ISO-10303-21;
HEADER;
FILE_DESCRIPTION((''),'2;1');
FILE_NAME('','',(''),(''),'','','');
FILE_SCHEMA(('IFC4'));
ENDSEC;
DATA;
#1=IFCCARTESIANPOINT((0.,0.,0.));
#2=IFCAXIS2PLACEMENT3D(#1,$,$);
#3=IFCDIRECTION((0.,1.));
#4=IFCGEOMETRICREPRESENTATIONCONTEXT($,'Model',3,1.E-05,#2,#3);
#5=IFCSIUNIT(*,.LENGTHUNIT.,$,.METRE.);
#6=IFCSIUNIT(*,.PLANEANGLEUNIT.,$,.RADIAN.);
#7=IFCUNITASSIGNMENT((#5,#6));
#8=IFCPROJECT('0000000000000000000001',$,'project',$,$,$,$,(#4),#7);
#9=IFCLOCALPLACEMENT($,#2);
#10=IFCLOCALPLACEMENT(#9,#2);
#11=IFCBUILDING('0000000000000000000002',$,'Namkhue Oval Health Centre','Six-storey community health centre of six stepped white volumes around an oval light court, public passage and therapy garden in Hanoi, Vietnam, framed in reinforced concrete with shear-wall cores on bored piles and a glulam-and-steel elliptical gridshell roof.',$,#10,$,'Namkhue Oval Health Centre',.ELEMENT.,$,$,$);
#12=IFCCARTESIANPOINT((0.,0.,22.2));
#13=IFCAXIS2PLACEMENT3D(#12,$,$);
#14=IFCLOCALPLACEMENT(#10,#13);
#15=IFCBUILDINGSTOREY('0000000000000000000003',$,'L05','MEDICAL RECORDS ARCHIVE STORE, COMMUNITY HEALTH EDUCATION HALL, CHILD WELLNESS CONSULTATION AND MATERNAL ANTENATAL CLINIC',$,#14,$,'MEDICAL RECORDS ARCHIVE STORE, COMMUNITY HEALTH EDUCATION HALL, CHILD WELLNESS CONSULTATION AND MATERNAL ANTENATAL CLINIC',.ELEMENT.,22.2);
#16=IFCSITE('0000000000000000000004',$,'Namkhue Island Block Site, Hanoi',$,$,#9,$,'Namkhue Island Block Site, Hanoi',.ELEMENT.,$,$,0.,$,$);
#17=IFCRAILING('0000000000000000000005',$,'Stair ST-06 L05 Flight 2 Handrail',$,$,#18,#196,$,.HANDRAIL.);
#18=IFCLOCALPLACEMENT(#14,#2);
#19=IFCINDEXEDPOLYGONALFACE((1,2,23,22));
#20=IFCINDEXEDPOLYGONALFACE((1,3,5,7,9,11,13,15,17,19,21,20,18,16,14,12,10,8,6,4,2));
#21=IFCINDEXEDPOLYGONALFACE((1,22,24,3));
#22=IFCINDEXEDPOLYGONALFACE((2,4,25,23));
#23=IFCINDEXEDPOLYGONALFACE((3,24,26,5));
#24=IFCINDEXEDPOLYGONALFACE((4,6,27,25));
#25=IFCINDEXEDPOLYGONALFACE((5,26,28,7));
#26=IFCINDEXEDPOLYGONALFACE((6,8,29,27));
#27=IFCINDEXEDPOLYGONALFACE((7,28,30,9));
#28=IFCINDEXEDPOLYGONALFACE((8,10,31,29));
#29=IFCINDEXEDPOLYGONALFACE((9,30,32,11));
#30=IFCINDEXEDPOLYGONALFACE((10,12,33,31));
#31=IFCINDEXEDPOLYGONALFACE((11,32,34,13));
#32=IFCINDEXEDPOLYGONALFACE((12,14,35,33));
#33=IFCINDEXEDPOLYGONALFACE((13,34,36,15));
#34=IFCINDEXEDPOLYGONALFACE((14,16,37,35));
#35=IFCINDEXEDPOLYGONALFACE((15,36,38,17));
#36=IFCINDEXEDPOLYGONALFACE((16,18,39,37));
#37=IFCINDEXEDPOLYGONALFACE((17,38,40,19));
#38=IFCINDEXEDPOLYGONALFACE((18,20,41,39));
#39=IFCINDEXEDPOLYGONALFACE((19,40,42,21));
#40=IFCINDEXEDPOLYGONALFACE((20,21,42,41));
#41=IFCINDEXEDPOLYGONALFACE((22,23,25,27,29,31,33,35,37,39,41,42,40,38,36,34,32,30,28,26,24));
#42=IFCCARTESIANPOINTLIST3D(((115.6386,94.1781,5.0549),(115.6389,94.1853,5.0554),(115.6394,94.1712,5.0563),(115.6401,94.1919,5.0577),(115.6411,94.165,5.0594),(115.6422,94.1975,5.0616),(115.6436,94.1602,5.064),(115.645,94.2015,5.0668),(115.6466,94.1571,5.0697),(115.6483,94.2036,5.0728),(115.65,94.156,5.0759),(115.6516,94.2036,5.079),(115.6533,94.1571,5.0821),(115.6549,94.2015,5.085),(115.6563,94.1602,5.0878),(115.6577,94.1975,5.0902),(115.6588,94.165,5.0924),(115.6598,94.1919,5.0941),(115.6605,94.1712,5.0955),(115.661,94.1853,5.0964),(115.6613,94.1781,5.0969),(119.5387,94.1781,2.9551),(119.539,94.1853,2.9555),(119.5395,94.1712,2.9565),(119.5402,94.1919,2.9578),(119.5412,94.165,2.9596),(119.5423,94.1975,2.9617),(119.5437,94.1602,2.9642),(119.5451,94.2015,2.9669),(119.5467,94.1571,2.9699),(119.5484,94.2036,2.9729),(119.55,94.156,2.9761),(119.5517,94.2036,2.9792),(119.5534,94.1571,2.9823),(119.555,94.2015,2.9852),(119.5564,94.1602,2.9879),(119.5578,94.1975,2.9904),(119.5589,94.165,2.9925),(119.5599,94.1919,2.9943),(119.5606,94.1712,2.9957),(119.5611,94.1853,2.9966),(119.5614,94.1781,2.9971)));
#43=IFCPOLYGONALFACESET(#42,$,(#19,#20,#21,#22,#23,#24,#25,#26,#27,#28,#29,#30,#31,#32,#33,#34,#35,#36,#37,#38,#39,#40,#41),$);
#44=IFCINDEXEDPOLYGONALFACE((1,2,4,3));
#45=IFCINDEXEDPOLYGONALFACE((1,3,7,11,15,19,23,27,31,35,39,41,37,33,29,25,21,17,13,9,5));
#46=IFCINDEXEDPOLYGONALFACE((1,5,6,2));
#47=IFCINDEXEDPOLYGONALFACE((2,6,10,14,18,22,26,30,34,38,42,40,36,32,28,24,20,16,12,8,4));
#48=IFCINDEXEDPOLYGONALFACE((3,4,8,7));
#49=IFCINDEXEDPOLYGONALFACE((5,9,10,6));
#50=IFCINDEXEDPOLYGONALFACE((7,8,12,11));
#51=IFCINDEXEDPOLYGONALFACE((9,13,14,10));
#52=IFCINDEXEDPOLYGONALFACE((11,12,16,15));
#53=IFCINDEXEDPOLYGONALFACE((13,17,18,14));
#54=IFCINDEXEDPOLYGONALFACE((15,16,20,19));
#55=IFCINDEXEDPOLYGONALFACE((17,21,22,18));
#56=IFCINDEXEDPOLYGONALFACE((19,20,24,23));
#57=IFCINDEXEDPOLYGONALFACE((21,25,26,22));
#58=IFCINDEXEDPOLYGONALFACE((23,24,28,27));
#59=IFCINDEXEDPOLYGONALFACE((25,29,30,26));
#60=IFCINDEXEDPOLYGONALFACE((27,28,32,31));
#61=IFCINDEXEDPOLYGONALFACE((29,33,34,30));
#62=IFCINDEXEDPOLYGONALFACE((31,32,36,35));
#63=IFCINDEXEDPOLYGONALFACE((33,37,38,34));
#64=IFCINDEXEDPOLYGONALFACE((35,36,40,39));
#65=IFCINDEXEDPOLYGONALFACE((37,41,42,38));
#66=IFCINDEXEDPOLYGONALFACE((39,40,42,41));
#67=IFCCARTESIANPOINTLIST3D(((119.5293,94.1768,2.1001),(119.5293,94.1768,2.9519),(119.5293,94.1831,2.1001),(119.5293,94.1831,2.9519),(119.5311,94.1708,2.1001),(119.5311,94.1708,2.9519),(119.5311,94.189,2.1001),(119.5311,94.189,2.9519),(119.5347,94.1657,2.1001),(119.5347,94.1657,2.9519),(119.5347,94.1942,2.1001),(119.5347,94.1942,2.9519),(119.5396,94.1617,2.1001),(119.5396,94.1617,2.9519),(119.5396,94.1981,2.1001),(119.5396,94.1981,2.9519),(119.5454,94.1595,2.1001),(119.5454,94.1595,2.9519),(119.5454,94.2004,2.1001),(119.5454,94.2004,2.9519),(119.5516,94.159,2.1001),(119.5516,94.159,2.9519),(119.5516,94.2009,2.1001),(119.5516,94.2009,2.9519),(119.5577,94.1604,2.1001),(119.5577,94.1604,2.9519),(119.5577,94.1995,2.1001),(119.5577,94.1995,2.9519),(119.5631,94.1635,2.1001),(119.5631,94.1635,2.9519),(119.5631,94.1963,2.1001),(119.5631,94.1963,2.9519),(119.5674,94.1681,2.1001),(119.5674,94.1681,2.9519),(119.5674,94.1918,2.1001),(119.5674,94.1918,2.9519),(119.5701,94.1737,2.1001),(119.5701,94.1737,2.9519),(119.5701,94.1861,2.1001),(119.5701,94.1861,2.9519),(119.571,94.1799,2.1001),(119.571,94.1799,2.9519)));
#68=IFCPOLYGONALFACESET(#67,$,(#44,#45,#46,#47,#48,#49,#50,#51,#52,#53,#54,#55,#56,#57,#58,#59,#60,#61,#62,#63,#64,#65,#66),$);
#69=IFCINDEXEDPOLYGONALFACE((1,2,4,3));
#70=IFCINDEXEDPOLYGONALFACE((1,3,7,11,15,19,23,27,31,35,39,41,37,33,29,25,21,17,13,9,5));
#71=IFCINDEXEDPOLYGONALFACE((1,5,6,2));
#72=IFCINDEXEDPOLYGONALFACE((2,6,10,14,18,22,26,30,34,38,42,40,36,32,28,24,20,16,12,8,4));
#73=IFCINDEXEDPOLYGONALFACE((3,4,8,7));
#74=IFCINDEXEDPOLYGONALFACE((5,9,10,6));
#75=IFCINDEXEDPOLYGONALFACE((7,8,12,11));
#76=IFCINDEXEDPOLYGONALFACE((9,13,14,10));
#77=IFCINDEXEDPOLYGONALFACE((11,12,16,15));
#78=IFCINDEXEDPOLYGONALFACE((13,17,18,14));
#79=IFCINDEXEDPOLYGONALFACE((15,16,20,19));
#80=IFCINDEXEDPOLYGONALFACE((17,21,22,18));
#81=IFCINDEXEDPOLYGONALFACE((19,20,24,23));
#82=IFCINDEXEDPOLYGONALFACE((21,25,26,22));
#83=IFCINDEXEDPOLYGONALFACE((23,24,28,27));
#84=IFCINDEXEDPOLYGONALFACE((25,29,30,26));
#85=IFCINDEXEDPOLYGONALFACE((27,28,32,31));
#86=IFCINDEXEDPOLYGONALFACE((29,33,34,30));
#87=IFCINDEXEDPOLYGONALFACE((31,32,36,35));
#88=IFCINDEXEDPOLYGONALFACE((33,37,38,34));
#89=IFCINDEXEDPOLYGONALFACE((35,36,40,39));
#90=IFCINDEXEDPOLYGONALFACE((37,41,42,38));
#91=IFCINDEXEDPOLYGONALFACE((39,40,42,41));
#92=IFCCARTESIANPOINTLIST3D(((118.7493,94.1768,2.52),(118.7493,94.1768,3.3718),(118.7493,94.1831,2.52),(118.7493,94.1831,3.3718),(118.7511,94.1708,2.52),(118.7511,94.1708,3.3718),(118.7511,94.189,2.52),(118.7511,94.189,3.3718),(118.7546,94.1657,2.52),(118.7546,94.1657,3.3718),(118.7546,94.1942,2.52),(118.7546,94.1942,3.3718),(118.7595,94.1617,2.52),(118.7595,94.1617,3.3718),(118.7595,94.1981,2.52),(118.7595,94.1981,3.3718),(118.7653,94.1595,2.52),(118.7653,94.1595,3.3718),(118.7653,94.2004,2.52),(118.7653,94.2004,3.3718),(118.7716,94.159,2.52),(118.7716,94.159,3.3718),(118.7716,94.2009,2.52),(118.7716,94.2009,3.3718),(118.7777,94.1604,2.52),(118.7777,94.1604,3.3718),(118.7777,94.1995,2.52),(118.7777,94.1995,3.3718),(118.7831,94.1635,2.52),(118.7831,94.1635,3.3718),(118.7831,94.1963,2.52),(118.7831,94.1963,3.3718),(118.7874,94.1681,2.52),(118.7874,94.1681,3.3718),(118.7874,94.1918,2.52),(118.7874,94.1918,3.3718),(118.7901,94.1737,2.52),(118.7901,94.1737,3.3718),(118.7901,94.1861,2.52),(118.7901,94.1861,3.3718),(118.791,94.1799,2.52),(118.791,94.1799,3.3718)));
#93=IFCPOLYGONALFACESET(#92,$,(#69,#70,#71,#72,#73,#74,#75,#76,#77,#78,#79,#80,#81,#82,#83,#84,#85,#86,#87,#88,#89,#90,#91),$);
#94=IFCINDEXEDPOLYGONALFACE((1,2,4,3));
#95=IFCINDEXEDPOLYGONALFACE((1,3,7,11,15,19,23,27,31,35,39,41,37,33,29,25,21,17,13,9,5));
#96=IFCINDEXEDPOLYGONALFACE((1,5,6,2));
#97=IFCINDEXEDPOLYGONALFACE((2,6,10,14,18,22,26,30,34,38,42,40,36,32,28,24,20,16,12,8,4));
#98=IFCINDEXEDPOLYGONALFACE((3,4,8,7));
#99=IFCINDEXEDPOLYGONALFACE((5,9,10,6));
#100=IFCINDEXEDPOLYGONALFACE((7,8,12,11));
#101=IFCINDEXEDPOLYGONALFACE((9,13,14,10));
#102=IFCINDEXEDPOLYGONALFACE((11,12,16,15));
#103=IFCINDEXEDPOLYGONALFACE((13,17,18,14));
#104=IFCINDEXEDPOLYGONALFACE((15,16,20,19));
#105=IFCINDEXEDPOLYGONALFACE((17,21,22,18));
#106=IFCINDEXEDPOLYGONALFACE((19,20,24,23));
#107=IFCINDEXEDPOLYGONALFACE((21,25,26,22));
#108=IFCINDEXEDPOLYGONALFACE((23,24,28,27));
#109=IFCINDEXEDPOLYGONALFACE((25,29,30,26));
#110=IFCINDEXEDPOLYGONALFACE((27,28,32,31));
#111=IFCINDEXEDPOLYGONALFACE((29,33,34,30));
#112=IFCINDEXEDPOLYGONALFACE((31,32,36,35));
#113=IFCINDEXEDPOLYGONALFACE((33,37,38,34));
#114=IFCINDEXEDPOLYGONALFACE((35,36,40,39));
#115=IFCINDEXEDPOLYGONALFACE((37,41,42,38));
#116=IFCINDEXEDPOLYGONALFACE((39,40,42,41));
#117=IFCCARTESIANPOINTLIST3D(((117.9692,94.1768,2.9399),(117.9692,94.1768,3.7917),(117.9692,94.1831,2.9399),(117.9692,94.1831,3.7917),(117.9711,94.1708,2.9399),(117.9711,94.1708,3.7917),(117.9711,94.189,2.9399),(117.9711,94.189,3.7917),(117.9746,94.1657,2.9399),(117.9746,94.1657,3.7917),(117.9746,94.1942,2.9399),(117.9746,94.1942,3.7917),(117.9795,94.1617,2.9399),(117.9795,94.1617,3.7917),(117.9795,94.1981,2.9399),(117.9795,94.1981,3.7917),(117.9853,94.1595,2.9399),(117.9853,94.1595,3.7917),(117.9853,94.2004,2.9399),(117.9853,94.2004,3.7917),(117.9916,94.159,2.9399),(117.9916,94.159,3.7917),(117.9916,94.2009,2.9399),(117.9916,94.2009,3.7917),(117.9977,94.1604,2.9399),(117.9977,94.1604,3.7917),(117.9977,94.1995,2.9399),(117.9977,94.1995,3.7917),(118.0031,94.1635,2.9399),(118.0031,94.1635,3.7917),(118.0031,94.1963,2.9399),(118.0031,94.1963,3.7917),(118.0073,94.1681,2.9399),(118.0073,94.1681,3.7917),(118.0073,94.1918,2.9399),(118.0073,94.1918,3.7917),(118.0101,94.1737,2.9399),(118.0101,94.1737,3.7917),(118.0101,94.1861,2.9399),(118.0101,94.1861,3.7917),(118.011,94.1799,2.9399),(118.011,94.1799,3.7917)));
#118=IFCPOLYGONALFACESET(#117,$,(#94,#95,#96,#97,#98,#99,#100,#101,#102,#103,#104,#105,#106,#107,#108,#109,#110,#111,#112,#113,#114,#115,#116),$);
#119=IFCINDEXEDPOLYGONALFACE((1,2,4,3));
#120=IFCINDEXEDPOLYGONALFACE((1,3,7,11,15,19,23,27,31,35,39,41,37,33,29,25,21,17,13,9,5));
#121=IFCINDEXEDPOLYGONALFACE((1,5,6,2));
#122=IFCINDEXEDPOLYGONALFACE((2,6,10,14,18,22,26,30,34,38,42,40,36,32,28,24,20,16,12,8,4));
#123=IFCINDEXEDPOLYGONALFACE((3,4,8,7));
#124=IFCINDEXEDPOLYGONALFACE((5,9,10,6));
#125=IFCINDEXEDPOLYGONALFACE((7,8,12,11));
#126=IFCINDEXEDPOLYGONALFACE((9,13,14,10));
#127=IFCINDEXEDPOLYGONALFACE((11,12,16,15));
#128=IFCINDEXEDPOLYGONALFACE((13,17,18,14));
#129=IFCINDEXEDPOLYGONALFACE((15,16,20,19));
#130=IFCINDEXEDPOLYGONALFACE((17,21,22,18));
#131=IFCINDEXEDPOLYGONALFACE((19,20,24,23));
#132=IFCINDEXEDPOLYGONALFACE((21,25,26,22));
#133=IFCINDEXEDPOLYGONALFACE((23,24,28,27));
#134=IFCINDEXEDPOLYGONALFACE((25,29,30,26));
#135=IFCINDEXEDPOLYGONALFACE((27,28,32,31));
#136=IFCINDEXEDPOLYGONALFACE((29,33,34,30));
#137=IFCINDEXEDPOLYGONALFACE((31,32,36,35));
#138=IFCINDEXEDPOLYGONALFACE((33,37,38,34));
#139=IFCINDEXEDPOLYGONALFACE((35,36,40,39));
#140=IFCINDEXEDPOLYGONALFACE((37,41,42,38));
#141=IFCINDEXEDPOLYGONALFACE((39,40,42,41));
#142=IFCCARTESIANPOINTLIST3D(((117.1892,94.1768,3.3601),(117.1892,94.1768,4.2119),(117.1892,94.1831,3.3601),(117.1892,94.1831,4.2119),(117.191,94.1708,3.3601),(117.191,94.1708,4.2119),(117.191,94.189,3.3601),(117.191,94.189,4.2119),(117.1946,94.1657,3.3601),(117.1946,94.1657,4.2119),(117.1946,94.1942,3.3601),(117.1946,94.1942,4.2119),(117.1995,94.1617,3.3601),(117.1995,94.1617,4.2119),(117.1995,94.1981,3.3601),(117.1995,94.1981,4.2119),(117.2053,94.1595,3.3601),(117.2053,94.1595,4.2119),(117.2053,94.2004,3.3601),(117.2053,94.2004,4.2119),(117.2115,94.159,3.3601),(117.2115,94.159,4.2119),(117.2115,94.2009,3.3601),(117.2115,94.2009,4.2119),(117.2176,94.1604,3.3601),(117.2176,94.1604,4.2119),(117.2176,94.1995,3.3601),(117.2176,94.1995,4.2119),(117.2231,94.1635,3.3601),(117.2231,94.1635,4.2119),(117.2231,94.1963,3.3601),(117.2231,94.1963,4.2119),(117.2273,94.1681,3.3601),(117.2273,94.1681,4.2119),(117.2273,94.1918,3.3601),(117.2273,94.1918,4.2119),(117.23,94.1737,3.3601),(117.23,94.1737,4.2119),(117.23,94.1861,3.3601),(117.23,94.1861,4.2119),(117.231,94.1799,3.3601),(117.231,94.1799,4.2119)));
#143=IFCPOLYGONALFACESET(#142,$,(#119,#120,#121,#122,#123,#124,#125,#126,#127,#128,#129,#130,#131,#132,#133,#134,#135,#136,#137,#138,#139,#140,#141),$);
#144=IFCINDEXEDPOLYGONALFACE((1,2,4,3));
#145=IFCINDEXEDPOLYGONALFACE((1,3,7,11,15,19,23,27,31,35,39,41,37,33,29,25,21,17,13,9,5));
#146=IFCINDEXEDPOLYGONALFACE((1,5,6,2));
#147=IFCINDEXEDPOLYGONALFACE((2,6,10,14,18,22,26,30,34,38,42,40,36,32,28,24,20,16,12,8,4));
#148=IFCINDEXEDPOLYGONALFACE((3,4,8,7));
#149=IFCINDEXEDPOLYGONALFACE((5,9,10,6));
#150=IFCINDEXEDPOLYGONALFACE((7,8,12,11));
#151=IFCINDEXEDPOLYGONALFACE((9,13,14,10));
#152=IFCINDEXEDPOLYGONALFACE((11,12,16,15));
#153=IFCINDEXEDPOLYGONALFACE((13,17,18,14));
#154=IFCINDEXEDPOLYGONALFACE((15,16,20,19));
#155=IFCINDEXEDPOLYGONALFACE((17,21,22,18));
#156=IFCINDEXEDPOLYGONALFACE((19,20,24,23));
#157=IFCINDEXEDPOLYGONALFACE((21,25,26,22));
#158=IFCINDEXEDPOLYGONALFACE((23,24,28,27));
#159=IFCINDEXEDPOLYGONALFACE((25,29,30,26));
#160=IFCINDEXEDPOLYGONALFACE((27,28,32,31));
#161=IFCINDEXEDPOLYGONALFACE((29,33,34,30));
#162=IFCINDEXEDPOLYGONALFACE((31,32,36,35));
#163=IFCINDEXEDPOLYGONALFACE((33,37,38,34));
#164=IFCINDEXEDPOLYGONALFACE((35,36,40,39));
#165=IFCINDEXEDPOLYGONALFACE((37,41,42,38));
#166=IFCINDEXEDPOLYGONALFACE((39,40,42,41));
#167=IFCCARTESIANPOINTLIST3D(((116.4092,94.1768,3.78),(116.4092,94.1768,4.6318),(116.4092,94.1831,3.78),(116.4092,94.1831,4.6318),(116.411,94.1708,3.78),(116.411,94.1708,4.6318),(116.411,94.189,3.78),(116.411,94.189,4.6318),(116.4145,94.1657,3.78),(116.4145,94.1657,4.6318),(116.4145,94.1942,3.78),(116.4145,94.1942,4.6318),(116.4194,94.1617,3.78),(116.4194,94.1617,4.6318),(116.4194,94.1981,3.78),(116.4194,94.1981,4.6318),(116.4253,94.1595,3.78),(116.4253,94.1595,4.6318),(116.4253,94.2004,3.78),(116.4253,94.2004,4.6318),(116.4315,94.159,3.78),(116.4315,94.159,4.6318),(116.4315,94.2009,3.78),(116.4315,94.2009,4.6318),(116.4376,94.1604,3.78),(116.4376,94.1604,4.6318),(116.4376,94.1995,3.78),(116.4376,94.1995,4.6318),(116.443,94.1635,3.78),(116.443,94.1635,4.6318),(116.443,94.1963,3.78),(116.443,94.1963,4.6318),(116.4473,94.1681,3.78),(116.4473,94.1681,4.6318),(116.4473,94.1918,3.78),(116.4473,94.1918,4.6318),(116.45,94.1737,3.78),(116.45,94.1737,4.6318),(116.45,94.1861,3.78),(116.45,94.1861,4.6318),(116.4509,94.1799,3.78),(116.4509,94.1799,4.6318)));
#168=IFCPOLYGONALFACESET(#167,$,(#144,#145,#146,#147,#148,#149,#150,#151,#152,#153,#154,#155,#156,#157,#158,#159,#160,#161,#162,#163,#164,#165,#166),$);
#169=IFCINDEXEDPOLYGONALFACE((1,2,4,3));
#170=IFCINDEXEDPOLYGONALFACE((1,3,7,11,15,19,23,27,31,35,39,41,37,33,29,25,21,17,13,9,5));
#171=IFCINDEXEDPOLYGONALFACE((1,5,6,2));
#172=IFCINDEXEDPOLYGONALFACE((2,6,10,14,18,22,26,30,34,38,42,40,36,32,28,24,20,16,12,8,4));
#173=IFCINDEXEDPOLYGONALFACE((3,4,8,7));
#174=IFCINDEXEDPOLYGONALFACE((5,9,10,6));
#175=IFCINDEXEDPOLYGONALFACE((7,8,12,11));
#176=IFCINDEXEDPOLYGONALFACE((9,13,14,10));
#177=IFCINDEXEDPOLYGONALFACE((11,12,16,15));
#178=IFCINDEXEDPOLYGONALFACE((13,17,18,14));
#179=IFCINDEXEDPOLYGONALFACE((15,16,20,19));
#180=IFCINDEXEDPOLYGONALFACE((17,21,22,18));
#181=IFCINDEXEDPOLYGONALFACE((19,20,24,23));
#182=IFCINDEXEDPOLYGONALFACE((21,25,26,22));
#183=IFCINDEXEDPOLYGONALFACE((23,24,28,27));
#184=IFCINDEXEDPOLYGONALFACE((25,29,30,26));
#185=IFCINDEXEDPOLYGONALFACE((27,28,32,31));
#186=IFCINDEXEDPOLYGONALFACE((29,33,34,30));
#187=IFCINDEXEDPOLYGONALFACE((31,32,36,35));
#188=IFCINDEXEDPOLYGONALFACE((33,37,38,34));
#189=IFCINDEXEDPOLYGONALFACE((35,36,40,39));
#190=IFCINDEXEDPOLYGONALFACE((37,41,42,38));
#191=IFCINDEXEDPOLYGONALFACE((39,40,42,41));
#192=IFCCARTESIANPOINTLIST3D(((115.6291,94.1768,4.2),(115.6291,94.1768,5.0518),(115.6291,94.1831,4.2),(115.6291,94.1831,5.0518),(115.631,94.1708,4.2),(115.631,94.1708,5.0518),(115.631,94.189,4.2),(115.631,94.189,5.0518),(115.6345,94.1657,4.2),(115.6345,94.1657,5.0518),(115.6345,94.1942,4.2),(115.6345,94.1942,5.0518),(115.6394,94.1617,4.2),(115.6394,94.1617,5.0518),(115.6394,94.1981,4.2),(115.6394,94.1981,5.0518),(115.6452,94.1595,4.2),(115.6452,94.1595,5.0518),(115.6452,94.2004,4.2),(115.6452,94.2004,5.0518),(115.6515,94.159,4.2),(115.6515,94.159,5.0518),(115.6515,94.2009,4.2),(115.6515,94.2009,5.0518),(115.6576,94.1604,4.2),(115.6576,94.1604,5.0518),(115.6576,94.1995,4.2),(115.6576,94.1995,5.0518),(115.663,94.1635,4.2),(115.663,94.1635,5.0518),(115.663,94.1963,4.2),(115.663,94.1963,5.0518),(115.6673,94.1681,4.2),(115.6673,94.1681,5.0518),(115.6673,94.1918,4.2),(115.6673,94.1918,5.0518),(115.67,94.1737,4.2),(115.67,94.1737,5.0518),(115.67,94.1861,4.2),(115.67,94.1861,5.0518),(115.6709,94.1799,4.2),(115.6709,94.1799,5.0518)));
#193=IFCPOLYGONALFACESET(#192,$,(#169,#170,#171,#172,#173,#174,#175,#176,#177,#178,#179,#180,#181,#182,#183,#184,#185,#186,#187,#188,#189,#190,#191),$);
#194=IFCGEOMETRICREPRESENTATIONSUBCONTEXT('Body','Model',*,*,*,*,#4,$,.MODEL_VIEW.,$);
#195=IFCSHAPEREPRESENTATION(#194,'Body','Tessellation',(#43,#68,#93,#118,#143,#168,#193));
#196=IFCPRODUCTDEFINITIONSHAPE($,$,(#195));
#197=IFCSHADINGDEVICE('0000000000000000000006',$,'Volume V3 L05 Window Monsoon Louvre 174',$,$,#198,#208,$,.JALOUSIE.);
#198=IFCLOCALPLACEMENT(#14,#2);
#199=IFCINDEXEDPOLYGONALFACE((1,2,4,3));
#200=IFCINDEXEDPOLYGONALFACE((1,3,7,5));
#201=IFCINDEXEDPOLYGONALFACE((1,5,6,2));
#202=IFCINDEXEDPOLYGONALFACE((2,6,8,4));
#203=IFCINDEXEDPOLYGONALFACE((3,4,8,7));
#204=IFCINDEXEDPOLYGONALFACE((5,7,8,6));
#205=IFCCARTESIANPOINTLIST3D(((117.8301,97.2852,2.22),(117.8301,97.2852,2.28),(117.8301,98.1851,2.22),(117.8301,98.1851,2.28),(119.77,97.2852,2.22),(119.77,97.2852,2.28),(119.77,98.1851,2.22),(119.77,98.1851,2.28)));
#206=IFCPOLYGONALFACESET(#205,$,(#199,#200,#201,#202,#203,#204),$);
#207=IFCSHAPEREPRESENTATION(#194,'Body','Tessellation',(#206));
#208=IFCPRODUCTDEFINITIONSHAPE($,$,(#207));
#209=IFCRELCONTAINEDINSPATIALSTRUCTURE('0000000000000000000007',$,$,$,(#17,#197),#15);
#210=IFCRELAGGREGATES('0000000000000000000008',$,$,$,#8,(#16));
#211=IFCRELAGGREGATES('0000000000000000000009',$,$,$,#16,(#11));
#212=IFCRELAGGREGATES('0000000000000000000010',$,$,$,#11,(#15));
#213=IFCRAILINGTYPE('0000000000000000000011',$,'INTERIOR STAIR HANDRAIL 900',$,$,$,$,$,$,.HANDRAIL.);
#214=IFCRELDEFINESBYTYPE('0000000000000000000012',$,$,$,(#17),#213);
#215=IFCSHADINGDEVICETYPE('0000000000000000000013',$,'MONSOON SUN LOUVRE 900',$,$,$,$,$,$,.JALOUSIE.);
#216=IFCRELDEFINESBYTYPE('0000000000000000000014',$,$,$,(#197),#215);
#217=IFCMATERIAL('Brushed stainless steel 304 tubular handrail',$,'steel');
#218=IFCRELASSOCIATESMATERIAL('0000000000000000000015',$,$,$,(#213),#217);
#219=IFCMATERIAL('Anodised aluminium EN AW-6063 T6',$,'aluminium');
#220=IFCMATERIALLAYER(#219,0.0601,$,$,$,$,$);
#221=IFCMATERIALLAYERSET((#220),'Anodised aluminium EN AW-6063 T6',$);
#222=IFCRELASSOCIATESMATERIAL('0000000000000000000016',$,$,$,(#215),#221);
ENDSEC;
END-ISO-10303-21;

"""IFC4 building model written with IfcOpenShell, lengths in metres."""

from ifc_helpers import new_model, si_unit, direction, frame, origin, origin_2d, place, context, subcontext, project, spatial, rectangle, circle, extrude, material, layer, layer_set, type_object, element, save


model = new_model("IFC4")

# Units and contexts
model_context = context("Model", 3, precision=1e-05, world=origin(), true_north=direction((0.0, 1.0)))
body_context = subcontext(model_context, "Body", "Model", "MODEL_VIEW")
ifc_project = project(units=[si_unit("LENGTHUNIT", "METRE"), si_unit("PLANEANGLEUNIT", "RADIAN")], contexts=[model_context])

# Site, building, storey
site_placement = place(None, origin())
site = spatial("IfcSite", under=ifc_project, at=site_placement, Name="Namkhue Island Block Site, Hanoi", LongName="Namkhue Island Block Site, Hanoi", CompositionType="ELEMENT", RefElevation=0.0)
building_placement = place(site_placement, origin())
building = spatial("IfcBuilding", under=site, at=building_placement, Name="Namkhue Oval Health Centre", Description="Six-storey community health centre of six stepped white volumes around an oval light court, public passage and therapy garden in Hanoi, Vietnam, framed in reinforced concrete with shear-wall cores on bored piles and a glulam-and-steel elliptical gridshell roof.", LongName="Namkhue Oval Health Centre", CompositionType="ELEMENT")
storey_placement = place(building_placement, frame((0.0, 0.0, 22.2)))
storey = spatial("IfcBuildingStorey", under=building, at=storey_placement, Name="L05", Description="MEDICAL RECORDS ARCHIVE STORE, COMMUNITY HEALTH EDUCATION HALL, CHILD WELLNESS CONSULTATION AND MATERNAL ANTENATAL CLINIC", LongName="MEDICAL RECORDS ARCHIVE STORE, COMMUNITY HEALTH EDUCATION HALL, CHILD WELLNESS CONSULTATION AND MATERNAL ANTENATAL CLINIC", CompositionType="ELEMENT", Elevation=22.2)

# Shared definitions
ifc_material_1 = material(Name="Anodised aluminium EN AW-6063 T6", Category="aluminium")

# Railing
ifc_material_2 = material(Name="Brushed stainless steel 304 tubular handrail", Category="steel")
railing_type_1 = type_object("IfcRailingType", Name="INTERIOR STAIR HANDRAIL 900", PredefinedType="HANDRAIL", material=ifc_material_2)
railing_1_placement = place(storey_placement, frame((119.55, 94.1799, 2.1001)))
element("IfcRailing", 1, at=railing_1_placement, inside=storey, type_object=railing_type_1, Name="Stair ST-06 L05 Flight 2 Handrail", PredefinedType="HANDRAIL", context=body_context, shape_type="SweptSolid", body=[
    extrude(circle(Radius=0.0239, at=origin_2d()), frame((0.0, 0.0, 0.876), z_axis=(-0.880492, 0.0, 0.47406), x_axis=(0.0, -1.0, 0.0)), (0.0, 0.0, 1.0), 4.4294),
    extrude(circle(Radius=0.021, at=origin_2d()), origin(), (0.0, 0.0, 1.0), 0.8518),
    extrude(circle(Radius=0.021, at=origin_2d()), frame((-0.78, 0.0, 0.4199)), (0.0, 0.0, 1.0), 0.8518),
    extrude(circle(Radius=0.021, at=origin_2d()), frame((-1.5601, 0.0, 0.8398)), (0.0, 0.0, 1.0), 0.8518),
    extrude(circle(Radius=0.021, at=origin_2d()), frame((-2.3401, 0.0, 1.26)), (0.0, 0.0, 1.0), 0.8518),
    extrude(circle(Radius=0.021, at=origin_2d()), frame((-3.1201, 0.0, 1.6799)), (0.0, 0.0, 1.0), 0.8518),
    extrude(circle(Radius=0.021, at=origin_2d()), frame((-3.9001, 0.0, 2.0999)), (0.0, 0.0, 1.0), 0.8518),
])

# Shading device
ifc_layer_1 = layer(ifc_material_1, 0.0601)
ifc_layer_set_1 = layer_set([ifc_layer_1], Name="Anodised aluminium EN AW-6063 T6")
shading_device_type_1 = type_object("IfcShadingDeviceType", Name="MONSOON SUN LOUVRE 900", PredefinedType="JALOUSIE", material=ifc_layer_set_1)
shading_device_1_placement = place(storey_placement, frame((118.8, 97.7351, 2.22), z_axis=(0.0, 0.0, 1.0), x_axis=(-1.0, 0.0, 0.0)))
element("IfcShadingDevice", 2, at=shading_device_1_placement, inside=storey, type_object=shading_device_type_1, Name="Volume V3 L05 Window Monsoon Louvre 174", PredefinedType="JALOUSIE", context=body_context, shape_type="SweptSolid", body=[
    extrude(rectangle(XDim=1.9399, YDim=0.8999, at=origin_2d()), origin(), (0.0, 0.0, 1.0), 0.0601),
])

save(model, "model.ifc")
